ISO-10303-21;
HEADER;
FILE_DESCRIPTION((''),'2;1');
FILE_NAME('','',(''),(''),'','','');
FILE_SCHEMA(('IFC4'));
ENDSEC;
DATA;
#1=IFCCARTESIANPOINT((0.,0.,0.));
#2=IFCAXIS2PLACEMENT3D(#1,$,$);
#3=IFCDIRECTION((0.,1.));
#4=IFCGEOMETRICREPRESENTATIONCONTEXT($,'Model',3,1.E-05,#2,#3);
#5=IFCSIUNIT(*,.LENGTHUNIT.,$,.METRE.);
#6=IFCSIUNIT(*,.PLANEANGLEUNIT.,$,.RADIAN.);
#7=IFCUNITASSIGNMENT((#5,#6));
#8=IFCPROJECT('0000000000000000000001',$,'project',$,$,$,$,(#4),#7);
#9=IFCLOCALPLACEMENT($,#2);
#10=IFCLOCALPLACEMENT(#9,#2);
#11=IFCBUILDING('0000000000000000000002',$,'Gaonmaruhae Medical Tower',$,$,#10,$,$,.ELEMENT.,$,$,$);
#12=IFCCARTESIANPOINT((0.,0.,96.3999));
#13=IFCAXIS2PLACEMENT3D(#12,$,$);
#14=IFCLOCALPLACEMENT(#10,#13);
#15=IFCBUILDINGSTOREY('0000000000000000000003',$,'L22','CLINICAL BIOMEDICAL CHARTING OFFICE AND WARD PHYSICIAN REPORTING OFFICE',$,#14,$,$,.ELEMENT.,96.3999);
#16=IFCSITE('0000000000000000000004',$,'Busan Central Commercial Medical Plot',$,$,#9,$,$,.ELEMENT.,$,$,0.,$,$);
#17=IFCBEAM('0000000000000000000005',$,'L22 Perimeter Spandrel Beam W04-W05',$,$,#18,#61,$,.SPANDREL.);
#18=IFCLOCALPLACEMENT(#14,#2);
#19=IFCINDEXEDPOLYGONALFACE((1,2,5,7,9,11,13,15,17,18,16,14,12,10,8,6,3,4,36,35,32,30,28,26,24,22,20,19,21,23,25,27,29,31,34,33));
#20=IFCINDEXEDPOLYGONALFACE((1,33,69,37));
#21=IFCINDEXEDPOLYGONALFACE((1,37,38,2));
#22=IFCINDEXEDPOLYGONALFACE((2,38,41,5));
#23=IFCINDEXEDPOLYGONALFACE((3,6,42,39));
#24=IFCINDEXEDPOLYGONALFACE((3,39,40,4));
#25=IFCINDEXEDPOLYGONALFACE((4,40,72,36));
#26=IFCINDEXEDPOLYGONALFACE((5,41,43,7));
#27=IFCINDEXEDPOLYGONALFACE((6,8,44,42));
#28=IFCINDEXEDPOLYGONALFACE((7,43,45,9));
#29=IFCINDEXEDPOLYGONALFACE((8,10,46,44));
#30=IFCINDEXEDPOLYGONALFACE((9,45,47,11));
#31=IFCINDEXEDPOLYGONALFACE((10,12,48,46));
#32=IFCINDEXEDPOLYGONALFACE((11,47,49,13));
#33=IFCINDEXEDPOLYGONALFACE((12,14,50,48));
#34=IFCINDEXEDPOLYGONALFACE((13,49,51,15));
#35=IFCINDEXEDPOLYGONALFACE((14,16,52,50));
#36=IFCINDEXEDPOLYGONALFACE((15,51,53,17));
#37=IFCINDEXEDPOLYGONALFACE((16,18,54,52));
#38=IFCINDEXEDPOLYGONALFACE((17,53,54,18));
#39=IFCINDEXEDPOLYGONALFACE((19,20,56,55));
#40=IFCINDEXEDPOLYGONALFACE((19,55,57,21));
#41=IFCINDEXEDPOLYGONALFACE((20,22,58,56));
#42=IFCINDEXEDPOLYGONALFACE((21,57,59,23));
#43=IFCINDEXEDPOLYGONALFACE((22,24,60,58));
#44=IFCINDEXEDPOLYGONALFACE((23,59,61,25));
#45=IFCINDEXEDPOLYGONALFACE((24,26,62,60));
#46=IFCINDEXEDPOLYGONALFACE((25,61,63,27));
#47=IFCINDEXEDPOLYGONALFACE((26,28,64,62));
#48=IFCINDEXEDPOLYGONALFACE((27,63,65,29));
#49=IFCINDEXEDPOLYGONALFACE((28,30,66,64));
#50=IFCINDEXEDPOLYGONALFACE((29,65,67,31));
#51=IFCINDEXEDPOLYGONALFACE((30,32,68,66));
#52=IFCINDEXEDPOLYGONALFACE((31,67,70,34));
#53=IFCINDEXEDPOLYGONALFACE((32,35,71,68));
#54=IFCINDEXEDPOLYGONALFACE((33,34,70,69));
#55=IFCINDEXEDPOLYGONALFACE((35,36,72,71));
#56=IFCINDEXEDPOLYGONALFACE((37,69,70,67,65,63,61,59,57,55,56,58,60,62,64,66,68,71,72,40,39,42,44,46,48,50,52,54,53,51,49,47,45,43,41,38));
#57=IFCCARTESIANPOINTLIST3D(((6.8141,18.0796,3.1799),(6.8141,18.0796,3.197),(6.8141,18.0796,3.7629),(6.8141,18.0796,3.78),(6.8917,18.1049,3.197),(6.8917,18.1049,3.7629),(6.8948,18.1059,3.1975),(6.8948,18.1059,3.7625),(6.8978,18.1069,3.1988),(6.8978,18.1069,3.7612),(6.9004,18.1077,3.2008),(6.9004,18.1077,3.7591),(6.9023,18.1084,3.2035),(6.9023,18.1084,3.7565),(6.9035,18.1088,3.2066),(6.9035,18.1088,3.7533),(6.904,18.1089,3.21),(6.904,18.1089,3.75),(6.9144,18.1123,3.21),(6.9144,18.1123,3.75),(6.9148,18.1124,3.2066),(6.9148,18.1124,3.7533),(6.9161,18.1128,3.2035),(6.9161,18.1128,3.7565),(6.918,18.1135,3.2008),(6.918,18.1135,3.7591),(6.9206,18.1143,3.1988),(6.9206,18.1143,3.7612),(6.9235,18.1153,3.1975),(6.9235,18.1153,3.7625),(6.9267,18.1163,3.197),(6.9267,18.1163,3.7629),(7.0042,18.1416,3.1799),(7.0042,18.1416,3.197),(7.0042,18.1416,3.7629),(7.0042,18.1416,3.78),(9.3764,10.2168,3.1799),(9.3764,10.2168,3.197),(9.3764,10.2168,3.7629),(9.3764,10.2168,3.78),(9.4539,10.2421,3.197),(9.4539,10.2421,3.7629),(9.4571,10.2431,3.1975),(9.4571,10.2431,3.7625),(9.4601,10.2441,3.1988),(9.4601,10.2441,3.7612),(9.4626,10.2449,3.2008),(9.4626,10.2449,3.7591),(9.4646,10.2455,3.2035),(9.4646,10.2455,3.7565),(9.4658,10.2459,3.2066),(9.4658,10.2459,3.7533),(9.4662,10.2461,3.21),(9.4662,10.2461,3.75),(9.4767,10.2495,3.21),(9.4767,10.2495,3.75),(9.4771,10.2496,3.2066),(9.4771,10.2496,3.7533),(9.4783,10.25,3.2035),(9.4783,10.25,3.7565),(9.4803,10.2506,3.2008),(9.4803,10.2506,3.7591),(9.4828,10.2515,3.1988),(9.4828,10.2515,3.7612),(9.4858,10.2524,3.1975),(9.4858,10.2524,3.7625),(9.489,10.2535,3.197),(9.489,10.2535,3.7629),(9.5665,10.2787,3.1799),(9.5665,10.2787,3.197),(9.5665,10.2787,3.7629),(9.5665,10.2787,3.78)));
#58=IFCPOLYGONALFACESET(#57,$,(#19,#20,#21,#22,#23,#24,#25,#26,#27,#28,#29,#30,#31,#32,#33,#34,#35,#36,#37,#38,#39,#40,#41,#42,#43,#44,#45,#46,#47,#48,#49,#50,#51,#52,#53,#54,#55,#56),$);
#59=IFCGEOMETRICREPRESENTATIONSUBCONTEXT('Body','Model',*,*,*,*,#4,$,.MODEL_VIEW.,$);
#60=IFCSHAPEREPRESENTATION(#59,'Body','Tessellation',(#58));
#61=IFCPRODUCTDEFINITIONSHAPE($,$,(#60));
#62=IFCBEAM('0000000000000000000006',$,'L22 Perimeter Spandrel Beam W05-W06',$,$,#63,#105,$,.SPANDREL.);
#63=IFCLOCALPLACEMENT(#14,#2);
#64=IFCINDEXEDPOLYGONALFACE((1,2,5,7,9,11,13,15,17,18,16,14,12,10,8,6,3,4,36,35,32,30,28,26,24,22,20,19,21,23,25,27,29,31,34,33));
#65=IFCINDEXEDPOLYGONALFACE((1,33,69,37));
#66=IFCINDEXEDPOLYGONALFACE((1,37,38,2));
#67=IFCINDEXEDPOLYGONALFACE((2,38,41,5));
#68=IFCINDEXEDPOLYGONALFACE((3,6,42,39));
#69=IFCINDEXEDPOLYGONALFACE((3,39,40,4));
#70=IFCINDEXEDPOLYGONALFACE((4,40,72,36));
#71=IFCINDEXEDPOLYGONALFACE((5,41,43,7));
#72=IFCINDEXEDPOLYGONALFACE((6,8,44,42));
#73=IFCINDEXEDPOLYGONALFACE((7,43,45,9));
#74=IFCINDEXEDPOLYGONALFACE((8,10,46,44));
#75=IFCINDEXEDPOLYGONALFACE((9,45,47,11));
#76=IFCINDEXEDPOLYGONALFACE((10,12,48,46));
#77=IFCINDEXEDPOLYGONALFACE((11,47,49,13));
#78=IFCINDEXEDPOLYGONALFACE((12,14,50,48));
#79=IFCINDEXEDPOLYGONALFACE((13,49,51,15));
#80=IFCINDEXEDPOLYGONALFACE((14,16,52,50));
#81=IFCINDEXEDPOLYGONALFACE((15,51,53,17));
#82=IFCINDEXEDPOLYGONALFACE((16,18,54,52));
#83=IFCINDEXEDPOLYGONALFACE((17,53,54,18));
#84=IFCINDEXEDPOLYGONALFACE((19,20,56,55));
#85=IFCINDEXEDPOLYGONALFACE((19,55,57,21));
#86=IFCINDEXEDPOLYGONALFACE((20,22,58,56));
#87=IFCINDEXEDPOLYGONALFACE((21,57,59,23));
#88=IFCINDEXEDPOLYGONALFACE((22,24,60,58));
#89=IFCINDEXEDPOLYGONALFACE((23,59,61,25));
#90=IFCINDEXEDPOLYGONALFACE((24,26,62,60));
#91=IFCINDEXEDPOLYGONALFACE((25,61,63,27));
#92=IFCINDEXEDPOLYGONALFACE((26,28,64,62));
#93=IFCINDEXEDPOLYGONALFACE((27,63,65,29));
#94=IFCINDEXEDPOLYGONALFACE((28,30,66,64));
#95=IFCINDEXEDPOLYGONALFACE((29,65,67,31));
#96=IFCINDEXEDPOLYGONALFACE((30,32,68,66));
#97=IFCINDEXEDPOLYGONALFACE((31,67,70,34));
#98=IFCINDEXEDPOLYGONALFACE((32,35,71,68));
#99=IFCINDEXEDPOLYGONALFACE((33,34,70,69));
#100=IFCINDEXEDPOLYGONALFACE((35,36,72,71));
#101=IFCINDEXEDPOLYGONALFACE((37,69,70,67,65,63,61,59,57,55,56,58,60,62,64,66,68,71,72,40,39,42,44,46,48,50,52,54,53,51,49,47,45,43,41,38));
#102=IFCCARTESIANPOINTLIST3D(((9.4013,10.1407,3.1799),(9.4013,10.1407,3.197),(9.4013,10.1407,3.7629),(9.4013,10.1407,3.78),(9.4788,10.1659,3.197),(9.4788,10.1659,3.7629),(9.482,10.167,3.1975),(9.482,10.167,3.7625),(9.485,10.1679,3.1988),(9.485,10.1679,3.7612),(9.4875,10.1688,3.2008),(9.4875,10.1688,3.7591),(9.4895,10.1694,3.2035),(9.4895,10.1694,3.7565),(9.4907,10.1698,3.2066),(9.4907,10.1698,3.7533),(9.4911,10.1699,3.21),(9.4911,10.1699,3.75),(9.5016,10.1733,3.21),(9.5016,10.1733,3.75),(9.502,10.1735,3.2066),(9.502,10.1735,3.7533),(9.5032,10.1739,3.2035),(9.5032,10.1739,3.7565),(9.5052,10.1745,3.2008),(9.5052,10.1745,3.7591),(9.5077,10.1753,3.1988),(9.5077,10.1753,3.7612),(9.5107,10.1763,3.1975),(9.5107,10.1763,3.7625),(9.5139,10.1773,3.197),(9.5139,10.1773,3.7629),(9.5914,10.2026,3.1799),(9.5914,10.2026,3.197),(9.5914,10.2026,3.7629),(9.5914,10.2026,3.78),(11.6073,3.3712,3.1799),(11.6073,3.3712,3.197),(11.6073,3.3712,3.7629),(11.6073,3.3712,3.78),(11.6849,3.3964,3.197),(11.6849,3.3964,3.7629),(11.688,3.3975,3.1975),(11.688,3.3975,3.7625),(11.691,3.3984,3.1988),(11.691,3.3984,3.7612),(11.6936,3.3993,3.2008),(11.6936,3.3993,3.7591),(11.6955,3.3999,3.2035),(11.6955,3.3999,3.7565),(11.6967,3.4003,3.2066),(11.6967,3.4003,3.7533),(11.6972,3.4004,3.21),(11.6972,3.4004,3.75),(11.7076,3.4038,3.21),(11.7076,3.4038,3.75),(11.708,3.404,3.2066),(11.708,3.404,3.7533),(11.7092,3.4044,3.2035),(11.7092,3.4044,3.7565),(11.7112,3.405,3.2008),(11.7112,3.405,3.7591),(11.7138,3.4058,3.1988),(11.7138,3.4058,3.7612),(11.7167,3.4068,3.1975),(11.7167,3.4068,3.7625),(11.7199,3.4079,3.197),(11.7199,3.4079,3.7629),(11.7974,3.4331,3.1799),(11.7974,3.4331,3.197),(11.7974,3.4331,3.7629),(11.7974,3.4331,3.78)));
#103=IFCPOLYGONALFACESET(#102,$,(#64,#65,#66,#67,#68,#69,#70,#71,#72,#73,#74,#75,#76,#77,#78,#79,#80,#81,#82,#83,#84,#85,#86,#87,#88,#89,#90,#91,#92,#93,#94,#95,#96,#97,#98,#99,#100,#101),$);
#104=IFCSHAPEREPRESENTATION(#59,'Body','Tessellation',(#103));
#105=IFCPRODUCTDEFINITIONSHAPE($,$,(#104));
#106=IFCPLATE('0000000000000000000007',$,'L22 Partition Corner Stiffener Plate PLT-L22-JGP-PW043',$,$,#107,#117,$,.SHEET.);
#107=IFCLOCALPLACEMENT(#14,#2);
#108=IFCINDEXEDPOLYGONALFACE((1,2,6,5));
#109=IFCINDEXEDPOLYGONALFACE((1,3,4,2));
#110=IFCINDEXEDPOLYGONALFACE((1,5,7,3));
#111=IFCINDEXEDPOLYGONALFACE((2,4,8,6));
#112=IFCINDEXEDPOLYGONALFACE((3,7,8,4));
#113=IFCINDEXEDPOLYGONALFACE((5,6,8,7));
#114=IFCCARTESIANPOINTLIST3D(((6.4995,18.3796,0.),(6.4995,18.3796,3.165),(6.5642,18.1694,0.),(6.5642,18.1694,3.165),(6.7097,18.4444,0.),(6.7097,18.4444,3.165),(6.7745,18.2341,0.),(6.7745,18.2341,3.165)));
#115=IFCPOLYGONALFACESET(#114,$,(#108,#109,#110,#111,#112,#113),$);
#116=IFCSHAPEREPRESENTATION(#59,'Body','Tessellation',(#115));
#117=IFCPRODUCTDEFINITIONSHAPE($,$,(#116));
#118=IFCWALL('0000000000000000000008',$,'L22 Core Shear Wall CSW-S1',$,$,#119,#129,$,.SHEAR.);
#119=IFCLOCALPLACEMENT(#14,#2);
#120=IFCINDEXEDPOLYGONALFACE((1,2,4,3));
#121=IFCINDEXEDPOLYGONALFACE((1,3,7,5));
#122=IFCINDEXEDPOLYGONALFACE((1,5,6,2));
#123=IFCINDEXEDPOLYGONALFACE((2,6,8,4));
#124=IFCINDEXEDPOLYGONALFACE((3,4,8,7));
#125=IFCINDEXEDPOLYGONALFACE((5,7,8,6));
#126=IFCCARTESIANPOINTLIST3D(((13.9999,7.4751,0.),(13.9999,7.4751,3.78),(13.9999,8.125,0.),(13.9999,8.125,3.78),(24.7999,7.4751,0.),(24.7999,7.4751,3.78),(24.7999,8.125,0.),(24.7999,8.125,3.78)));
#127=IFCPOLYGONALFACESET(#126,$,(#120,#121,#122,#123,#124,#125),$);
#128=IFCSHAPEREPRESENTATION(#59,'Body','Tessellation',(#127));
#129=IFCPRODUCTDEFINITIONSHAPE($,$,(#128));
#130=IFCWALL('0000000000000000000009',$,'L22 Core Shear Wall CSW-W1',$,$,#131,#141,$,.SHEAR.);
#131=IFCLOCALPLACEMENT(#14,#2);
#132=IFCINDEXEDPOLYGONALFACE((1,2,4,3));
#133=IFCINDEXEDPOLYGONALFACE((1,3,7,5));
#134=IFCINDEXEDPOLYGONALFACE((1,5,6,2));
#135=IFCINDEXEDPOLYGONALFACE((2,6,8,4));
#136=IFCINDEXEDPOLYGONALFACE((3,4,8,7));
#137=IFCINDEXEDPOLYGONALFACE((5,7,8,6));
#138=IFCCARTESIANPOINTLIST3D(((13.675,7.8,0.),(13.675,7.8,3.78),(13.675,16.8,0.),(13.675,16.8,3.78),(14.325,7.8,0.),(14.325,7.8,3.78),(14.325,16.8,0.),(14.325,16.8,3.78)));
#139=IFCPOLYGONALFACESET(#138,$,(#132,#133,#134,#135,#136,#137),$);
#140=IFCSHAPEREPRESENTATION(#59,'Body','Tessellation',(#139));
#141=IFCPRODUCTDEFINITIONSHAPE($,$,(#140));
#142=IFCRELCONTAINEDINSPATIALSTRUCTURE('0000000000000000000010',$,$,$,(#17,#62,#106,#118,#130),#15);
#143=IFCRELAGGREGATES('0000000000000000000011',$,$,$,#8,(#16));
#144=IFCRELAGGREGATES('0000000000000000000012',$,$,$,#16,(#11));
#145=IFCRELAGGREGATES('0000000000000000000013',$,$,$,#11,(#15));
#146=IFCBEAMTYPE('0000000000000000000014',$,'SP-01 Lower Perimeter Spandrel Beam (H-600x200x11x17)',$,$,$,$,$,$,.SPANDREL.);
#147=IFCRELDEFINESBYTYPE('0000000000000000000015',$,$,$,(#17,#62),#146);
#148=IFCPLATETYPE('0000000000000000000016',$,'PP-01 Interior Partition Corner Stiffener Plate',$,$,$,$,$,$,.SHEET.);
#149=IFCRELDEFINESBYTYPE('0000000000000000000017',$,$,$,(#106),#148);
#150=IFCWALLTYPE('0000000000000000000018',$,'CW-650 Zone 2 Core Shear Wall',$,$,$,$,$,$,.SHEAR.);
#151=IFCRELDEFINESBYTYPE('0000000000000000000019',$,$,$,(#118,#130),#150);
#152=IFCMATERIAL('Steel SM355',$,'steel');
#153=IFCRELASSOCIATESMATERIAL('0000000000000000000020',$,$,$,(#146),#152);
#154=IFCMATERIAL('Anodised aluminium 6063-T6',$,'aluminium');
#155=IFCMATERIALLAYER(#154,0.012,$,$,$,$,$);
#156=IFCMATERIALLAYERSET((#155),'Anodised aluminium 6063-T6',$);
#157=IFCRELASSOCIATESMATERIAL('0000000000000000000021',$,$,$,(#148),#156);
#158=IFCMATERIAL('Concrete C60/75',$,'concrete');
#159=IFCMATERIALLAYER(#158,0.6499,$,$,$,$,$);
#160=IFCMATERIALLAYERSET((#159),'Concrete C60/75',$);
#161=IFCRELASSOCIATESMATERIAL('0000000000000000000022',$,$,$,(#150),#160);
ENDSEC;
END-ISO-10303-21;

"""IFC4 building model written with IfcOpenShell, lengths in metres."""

from ifc_helpers import new_model, si_unit, direction, frame, frame_2d, origin, origin_2d, place, context, subcontext, project, spatial, rectangle, i_section, extrude, material, layer, layer_set, material_profile, profile_set, type_object, element, save


model = new_model("IFC4")

# Units and contexts
model_context = context("Model", 3, precision=1e-05, world=origin(), true_north=direction((0.0, 1.0)))
body_context = subcontext(model_context, "Body", "Model", "MODEL_VIEW")
ifc_project = project(units=[si_unit("LENGTHUNIT", "METRE"), si_unit("PLANEANGLEUNIT", "RADIAN")], contexts=[model_context])

# Site, building, storey
site_placement = place(None, origin())
site = spatial("IfcSite", under=ifc_project, at=site_placement, Name="Busan Central Commercial Medical Plot", CompositionType="ELEMENT", RefElevation=0.0)
building_placement = place(site_placement, origin())
building = spatial("IfcBuilding", under=site, at=building_placement, Name="Gaonmaruhae Medical Tower", CompositionType="ELEMENT")
storey_placement = place(building_placement, frame((0.0, 0.0, 96.3999)))
storey = spatial("IfcBuildingStorey", under=building, at=storey_placement, Name="L22", Description="CLINICAL BIOMEDICAL CHARTING OFFICE AND WARD PHYSICIAN REPORTING OFFICE", CompositionType="ELEMENT", Elevation=96.3999)

# Shared definitions
ifc_material_1 = material(Name="Concrete C60/75", Category="concrete")

# Beams
ifc_material_2 = material(Name="Steel SM355", Category="steel")
ifc_material_profile_1 = material_profile(ifc_material_2, i_section(OverallWidth=0.2, OverallDepth=0.6001, WebThickness=0.011, FlangeThickness=0.0171, FilletRadius=0.0129, at=origin_2d()), Name="H-600x200x11x17")
ifc_profile_set_1 = profile_set([ifc_material_profile_1], Name="Steel SM355")
beam_type_1 = type_object("IfcBeamType", Name="SP-01 Lower Perimeter Spandrel Beam (H-600x200x11x17)", PredefinedType="SPANDREL", material=ifc_profile_set_1)
beam_1_placement = place(storey_placement, frame((6.9092, 18.1106, 3.48), z_axis=(0.309835, -0.95079, 0.0), x_axis=(0.95079, 0.309835, 0.0)))
element("IfcBeam", 1, at=beam_1_placement, inside=storey, type_object=beam_type_1, Name="L22 Perimeter Spandrel Beam W04-W05", PredefinedType="SPANDREL", context=body_context, shape_type="SweptSolid", body=[
    extrude(i_section(OverallWidth=0.2, OverallDepth=0.6001, WebThickness=0.011, FlangeThickness=0.0171, FilletRadius=0.0129, at=origin_2d()), origin(), (0.0, 0.0, 1.0), 8.2698),
])
beam_2_placement = place(storey_placement, frame((9.4963, 10.1716, 3.48), z_axis=(0.309843, -0.950788, 0.0), x_axis=(0.950788, 0.309843, 0.0)))
element("IfcBeam", 2, at=beam_2_placement, inside=storey, type_object=beam_type_1, Name="L22 Perimeter Spandrel Beam W05-W06", PredefinedType="SPANDREL", context=body_context, shape_type="SweptSolid", body=[
    extrude(i_section(OverallWidth=0.2, OverallDepth=0.6001, WebThickness=0.011, FlangeThickness=0.0171, FilletRadius=0.0129, at=origin_2d()), origin(), (0.0, 0.0, 1.0), 7.1199),
])

# Plate
ifc_material_3 = material(Name="Anodised aluminium 6063-T6", Category="aluminium")
ifc_layer_1 = layer(ifc_material_3, 0.012)
ifc_layer_set_1 = layer_set([ifc_layer_1], Name="Anodised aluminium 6063-T6")
plate_type = type_object("IfcPlateType", Name="PP-01 Interior Partition Corner Stiffener Plate", PredefinedType="SHEET", material=ifc_layer_set_1)
plate_placement = place(storey_placement, frame((6.637, 18.3069, 0.0), z_axis=(0.0, 0.0, 1.0), x_axis=(-0.294374, 0.95569, 0.0)))
element("IfcPlate", 3, at=plate_placement, inside=storey, type_object=plate_type, Name="L22 Partition Corner Stiffener Plate PLT-L22-JGP-PW043", PredefinedType="SHEET", context=body_context, shape_type="SweptSolid", body=[
    extrude(rectangle(XDim=0.22, YDim=0.22, at=origin_2d()), origin(), (0.0, 0.0, 1.0), 3.165),
])

# Walls
ifc_layer_2 = layer(ifc_material_1, 0.6499)
ifc_layer_set_2 = layer_set([ifc_layer_2], Name="Concrete C60/75")
wall_type_1 = type_object("IfcWallType", Name="CW-650 Zone 2 Core Shear Wall", PredefinedType="SHEAR", material=ifc_layer_set_2)
wall_1_placement = place(storey_placement, frame((14.0, 7.8, 0.0), z_axis=(0.0, 0.0, 1.0), x_axis=(1.0, 0.0, 0.0)))
element("IfcWall", 4, at=wall_1_placement, inside=storey, type_object=wall_type_1, Name="L22 Core Shear Wall CSW-S1", PredefinedType="SHEAR", context=body_context, shape_type="SweptSolid", body=[
    extrude(rectangle(XDim=10.8, YDim=0.6499, at=frame_2d((5.3999, 0.0))), origin(), (0.0, 0.0, 1.0), 3.78),
])
wall_2_placement = place(storey_placement, frame((14.0, 16.8, 0.0), z_axis=(0.0, 0.0, 1.0), x_axis=(0.0, -1.0, 0.0)))
element("IfcWall", 5, at=wall_2_placement, inside=storey, type_object=wall_type_1, Name="L22 Core Shear Wall CSW-W1", PredefinedType="SHEAR", context=body_context, shape_type="SweptSolid", body=[
    extrude(rectangle(XDim=9.0, YDim=0.6499, at=frame_2d((4.5, 0.0))), origin(), (0.0, 0.0, 1.0), 3.78),
])

save(model, "model.ifc")
